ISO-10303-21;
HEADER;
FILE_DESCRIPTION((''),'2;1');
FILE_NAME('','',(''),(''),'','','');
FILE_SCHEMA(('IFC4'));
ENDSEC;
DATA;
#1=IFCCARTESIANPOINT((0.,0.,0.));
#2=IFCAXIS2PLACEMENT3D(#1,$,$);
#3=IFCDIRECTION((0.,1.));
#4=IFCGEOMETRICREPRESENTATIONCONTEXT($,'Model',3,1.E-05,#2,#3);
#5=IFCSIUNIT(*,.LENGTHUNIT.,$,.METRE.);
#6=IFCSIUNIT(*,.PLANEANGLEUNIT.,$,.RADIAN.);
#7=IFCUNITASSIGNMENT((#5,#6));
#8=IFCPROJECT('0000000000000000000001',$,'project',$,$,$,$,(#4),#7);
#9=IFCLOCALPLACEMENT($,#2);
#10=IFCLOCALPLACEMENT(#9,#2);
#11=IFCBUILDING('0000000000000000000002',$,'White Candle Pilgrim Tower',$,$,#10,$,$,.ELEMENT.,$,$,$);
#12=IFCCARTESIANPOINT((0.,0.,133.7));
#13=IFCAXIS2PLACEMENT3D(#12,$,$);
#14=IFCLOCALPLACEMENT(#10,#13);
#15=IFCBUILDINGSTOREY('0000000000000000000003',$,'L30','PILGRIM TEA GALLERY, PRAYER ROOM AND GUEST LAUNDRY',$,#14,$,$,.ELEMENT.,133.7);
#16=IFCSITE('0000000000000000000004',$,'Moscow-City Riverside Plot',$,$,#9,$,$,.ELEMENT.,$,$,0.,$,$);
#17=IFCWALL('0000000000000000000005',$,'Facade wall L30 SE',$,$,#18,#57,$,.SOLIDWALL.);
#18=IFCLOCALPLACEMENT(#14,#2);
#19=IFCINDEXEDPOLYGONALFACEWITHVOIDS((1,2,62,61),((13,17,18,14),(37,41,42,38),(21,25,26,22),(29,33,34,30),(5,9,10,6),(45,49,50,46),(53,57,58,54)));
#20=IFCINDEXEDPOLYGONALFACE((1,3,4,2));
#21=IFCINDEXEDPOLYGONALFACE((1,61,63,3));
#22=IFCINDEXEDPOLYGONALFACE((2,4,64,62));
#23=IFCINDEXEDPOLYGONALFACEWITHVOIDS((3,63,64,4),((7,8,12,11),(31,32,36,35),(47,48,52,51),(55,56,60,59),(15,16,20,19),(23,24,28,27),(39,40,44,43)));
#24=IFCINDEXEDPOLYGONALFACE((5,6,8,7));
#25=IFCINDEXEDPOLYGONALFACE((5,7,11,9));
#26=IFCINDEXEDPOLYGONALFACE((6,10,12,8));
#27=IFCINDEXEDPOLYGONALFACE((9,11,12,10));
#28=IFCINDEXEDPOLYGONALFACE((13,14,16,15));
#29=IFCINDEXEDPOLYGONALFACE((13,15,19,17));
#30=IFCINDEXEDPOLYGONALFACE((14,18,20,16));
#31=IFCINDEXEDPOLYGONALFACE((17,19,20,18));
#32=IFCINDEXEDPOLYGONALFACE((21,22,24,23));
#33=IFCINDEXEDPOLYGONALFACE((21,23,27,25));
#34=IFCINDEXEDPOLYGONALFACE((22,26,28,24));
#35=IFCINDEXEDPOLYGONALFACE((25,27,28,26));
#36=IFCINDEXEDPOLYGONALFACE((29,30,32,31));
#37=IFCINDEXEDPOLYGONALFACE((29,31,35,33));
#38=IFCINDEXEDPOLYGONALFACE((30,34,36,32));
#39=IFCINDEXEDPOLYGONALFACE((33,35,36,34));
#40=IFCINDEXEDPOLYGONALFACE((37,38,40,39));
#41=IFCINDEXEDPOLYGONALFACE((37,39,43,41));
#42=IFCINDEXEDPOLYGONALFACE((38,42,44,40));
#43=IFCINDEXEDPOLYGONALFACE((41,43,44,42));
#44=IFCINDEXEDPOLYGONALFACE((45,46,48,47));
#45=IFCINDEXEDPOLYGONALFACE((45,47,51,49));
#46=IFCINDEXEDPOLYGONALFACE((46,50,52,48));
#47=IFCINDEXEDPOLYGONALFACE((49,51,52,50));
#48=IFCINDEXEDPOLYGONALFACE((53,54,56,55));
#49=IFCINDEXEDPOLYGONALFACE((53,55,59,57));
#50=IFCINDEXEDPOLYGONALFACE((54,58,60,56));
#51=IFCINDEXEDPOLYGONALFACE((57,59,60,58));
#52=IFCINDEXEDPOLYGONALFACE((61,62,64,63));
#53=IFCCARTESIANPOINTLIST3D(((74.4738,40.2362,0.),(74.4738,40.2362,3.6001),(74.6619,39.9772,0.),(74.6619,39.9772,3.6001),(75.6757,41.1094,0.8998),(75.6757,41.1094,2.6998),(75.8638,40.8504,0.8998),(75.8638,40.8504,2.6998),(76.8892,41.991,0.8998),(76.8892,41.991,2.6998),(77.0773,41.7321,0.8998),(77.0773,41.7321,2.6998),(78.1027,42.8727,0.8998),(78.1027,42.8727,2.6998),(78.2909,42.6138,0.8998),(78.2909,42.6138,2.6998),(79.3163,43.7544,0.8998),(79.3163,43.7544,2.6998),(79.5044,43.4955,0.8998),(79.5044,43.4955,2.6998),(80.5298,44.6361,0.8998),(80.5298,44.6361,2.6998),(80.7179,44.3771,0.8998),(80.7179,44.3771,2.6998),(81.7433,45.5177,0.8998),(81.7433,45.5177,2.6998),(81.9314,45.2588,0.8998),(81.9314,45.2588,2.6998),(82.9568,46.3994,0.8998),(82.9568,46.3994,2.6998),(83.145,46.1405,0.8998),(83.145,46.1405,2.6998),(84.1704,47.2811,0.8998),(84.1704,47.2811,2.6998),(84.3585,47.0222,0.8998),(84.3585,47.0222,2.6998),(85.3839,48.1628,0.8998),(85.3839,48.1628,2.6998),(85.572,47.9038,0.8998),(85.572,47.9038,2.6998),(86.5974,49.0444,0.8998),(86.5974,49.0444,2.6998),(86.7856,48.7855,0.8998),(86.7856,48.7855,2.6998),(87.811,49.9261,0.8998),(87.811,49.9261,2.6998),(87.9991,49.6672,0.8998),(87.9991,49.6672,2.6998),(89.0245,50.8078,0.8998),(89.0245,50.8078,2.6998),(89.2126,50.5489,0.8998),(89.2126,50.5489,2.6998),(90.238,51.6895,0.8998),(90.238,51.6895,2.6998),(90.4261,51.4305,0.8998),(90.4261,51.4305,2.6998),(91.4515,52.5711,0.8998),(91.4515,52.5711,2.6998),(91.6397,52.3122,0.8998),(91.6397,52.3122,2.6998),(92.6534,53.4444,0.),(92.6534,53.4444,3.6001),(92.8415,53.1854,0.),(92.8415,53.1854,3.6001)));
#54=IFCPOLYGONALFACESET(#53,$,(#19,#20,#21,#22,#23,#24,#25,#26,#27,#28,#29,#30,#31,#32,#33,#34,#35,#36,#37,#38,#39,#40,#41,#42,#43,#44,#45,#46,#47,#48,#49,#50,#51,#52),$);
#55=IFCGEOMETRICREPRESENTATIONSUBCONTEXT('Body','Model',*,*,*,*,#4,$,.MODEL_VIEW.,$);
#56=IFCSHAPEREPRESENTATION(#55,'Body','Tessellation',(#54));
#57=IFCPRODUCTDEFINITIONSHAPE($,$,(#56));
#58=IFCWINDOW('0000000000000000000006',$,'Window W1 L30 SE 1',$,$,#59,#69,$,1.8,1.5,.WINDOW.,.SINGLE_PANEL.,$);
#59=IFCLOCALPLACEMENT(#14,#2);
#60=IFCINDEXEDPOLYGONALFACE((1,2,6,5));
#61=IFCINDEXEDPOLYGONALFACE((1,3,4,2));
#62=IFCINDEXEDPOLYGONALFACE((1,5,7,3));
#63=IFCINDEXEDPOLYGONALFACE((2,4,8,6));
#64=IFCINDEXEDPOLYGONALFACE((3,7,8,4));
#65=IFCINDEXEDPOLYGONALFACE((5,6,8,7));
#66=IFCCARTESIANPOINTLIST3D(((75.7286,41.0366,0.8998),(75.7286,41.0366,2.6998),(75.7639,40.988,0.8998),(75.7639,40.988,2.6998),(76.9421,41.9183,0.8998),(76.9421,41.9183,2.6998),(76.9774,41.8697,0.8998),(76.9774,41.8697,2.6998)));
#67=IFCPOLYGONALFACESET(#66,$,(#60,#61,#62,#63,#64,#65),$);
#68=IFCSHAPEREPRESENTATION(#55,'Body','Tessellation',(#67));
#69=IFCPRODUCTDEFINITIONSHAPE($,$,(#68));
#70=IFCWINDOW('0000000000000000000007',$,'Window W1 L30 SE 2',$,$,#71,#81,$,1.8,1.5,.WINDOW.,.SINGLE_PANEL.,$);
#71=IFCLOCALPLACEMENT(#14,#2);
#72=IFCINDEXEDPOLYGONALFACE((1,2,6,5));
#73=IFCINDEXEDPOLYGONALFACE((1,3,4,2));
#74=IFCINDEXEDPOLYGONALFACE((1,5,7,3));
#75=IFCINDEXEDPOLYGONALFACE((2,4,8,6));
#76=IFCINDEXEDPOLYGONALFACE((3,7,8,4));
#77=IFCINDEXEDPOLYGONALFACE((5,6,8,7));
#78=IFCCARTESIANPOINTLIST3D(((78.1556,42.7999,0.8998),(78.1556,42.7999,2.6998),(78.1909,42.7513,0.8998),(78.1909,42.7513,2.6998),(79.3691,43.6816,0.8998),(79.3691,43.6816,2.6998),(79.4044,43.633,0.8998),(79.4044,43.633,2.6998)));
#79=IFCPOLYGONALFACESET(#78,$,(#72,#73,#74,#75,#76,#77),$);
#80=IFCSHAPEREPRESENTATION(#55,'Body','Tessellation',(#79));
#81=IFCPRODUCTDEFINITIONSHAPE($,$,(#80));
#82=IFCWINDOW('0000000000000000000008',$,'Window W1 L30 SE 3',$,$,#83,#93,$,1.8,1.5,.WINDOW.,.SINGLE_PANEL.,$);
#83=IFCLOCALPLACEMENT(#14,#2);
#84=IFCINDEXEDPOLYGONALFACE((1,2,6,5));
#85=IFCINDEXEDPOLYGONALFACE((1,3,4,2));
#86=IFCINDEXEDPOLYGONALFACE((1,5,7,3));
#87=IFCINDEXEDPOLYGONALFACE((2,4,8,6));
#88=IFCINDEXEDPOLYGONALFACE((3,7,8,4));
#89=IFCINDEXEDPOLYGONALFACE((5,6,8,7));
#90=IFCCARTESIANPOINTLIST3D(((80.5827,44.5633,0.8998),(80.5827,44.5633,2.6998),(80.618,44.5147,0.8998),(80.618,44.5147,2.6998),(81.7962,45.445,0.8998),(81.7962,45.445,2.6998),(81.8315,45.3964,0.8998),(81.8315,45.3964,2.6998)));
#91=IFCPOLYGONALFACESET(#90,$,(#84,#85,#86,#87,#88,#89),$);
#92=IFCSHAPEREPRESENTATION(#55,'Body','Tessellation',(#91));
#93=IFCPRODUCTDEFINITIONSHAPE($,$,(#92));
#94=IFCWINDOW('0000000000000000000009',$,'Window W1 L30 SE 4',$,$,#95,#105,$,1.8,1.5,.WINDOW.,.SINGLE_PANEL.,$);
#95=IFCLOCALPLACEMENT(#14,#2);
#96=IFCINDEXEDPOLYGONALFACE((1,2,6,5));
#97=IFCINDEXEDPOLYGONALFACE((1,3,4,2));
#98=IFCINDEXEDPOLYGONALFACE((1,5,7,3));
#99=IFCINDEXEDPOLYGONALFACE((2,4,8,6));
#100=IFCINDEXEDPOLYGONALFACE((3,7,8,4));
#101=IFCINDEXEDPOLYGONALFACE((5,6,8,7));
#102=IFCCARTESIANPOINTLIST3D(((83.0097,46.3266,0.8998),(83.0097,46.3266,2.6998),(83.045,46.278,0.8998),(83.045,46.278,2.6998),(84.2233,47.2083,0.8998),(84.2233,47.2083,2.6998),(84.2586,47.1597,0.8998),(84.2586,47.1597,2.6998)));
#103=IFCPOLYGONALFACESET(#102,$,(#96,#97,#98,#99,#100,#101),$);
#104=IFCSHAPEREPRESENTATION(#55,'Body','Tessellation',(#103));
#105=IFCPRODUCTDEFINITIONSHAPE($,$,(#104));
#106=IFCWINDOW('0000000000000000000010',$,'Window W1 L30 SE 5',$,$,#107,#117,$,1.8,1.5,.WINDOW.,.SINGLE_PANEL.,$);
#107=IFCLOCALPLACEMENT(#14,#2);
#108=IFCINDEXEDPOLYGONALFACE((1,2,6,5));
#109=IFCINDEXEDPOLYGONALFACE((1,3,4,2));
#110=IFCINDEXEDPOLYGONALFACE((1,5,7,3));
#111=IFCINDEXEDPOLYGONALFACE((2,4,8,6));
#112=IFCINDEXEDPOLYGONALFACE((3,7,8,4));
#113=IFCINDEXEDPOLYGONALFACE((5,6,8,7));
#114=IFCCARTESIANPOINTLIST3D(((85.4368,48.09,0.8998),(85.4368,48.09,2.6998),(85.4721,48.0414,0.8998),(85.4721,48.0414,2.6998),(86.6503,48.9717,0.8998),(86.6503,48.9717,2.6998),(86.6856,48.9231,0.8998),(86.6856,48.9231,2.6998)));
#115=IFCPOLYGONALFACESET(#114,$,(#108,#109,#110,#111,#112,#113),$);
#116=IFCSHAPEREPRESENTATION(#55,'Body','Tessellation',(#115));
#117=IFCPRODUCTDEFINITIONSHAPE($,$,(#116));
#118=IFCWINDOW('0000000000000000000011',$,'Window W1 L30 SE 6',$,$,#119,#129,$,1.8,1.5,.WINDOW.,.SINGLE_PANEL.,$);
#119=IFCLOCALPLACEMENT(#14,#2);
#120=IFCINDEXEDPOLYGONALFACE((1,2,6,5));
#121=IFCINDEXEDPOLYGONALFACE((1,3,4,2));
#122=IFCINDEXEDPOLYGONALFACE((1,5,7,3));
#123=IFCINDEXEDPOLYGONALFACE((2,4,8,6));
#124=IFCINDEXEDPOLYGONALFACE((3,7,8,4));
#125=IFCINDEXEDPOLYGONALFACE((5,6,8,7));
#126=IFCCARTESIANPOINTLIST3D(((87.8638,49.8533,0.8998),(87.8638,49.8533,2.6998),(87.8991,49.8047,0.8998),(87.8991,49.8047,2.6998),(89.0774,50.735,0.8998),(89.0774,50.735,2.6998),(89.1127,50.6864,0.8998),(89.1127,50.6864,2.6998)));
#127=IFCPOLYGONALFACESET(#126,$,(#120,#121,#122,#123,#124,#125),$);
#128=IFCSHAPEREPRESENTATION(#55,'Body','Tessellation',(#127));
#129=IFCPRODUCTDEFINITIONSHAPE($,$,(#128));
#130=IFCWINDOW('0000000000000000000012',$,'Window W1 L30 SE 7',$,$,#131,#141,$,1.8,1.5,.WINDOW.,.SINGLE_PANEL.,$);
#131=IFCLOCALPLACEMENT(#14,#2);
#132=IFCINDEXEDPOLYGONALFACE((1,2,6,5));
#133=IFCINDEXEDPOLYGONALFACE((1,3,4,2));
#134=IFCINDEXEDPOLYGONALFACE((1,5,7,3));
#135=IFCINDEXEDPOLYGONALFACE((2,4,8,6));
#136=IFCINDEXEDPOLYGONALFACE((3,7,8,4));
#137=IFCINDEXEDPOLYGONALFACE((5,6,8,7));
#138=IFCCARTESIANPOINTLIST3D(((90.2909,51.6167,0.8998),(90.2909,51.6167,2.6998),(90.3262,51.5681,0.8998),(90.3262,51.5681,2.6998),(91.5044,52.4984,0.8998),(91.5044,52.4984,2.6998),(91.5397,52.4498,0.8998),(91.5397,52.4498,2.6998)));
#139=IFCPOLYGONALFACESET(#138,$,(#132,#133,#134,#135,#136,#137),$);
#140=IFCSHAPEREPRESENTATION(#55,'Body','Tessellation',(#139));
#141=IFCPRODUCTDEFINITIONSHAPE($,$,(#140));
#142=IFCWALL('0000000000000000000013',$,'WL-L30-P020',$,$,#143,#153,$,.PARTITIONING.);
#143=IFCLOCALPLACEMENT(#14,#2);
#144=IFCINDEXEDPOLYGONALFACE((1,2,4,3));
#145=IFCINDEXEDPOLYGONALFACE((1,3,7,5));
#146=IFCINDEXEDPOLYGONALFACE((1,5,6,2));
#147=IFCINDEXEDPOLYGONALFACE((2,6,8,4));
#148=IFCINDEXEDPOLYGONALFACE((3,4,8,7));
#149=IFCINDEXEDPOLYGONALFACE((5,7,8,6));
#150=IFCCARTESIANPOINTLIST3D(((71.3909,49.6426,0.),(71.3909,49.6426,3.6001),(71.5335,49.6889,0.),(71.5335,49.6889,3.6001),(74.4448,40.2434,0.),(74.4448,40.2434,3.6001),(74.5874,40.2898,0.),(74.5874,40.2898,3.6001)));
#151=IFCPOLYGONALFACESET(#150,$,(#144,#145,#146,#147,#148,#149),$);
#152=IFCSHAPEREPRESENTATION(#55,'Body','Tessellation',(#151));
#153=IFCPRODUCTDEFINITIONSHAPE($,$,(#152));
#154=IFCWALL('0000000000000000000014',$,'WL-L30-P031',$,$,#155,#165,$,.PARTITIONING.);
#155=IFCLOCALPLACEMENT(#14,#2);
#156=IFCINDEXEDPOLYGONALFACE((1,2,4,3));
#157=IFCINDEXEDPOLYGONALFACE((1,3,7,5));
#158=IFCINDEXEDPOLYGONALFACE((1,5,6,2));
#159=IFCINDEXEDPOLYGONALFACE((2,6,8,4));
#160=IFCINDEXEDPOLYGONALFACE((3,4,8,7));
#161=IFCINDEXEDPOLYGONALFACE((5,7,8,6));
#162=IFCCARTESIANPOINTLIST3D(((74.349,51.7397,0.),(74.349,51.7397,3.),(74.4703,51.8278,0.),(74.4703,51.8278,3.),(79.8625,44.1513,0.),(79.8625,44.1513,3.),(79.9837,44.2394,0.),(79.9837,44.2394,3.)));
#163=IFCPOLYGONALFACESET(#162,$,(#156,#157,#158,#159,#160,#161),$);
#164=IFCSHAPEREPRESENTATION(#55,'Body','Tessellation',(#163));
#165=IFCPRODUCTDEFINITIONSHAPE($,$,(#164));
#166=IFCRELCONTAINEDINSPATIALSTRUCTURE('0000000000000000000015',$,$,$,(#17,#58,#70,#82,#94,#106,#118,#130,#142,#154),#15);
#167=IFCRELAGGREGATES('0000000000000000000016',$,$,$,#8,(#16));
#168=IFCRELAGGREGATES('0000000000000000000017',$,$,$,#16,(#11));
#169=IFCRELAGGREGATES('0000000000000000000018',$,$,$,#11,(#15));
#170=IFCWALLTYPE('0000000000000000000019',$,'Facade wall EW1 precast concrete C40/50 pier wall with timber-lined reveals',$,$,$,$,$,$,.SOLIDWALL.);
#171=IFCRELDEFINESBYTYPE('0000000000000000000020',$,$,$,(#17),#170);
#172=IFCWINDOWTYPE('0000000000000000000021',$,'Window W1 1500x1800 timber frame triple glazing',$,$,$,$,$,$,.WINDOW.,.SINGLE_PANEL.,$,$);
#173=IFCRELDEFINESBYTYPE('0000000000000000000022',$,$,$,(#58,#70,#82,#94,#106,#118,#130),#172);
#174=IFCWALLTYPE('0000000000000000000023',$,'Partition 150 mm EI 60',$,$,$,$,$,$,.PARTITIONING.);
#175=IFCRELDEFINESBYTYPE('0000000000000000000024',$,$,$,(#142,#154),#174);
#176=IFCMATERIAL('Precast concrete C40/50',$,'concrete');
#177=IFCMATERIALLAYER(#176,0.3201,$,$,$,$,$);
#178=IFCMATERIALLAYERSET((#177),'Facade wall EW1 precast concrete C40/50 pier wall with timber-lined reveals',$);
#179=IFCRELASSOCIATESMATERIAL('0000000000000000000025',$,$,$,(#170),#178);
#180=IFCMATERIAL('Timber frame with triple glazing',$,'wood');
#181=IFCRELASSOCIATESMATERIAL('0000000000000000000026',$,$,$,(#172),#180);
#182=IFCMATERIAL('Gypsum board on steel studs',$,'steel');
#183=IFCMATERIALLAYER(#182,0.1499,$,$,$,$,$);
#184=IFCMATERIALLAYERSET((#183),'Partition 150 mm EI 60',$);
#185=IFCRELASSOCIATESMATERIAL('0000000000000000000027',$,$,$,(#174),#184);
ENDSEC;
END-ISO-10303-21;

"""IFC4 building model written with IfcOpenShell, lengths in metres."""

from ifc_helpers import new_model, si_unit, direction, frame, frame_2d, origin, place, context, subcontext, project, spatial, rectangle, extrude, material, layer, layer_set, type_object, element, fill, save


model = new_model("IFC4")

# Units and contexts
model_context = context("Model", 3, precision=1e-05, world=origin(), true_north=direction((0.0, 1.0)))
body_context = subcontext(model_context, "Body", "Model", "MODEL_VIEW")
ifc_project = project(units=[si_unit("LENGTHUNIT", "METRE"), si_unit("PLANEANGLEUNIT", "RADIAN")], contexts=[model_context])

# Site, building, storey
site_placement = place(None, origin())
site = spatial("IfcSite", under=ifc_project, at=site_placement, Name="Moscow-City Riverside Plot", CompositionType="ELEMENT", RefElevation=0.0)
building_placement = place(site_placement, origin())
building = spatial("IfcBuilding", under=site, at=building_placement, Name="White Candle Pilgrim Tower", CompositionType="ELEMENT")
storey_placement = place(building_placement, frame((0.0, 0.0, 133.7)))
storey = spatial("IfcBuildingStorey", under=building, at=storey_placement, Name="L30", Description="PILGRIM TEA GALLERY, PRAYER ROOM AND GUEST LAUNDRY", CompositionType="ELEMENT", Elevation=133.7)

# Shared definitions
ifc_material_1 = material(Name="Gypsum board on steel studs", Category="steel")

# Wall, openings, windows
ifc_material_2 = material(Name="Precast concrete C40/50", Category="concrete")
ifc_layer_1 = layer(ifc_material_2, 0.3201)
ifc_layer_set_1 = layer_set([ifc_layer_1], Name="Facade wall EW1 precast concrete C40/50 pier wall with timber-lined reveals")
wall_type_1 = type_object("IfcWallType", Name="Facade wall EW1 precast concrete C40/50 pier wall with timber-lined reveals", PredefinedType="SOLIDWALL", material=ifc_layer_set_1)
wall_1_placement = place(storey_placement, frame((74.5679, 40.1067, 0.0), z_axis=(0.0, 0.0, 1.0), x_axis=(0.809018, 0.587783, 0.0)))
wall_1 = element("IfcWall", 1, at=wall_1_placement, inside=storey, type_object=wall_type_1, Name="Facade wall L30 SE", PredefinedType="SOLIDWALL", context=body_context, shape_type="SweptSolid", body=[
    extrude(rectangle(XDim=22.4712, YDim=0.3201, at=frame_2d((11.2356, 0.0))), origin(), (0.0, 0.0, 1.0), 3.6001),
])
opening_1_placement = place(wall_1_placement, frame((1.4856, 0.0, 0.8999)))
opening_1 = element("IfcOpeningElement", 2, at=opening_1_placement, cuts=wall_1, PredefinedType="OPENING", context=body_context, shape_type="SweptSolid", body=[
    extrude(rectangle(XDim=1.5, YDim=1.8, at=frame_2d((0.75, 0.8999))), frame((0.0, 0.1699, 0.0), z_axis=(0.0, -1.0, 0.0), x_axis=(1.0, 0.0, 0.0)), (0.0, 0.0, 1.0), 0.3401),
])
opening_2_placement = place(wall_1_placement, frame((4.4856, 0.0, 0.8999)))
opening_2 = element("IfcOpeningElement", 3, at=opening_2_placement, cuts=wall_1, PredefinedType="OPENING", context=body_context, shape_type="SweptSolid", body=[
    extrude(rectangle(XDim=1.5, YDim=1.8, at=frame_2d((0.75, 0.8999))), frame((0.0, 0.1699, 0.0), z_axis=(0.0, -1.0, 0.0), x_axis=(1.0, 0.0, 0.0)), (0.0, 0.0, 1.0), 0.3401),
])
opening_3_placement = place(wall_1_placement, frame((7.4856, 0.0, 0.8999)))
opening_3 = element("IfcOpeningElement", 4, at=opening_3_placement, cuts=wall_1, PredefinedType="OPENING", context=body_context, shape_type="SweptSolid", body=[
    extrude(rectangle(XDim=1.5, YDim=1.8, at=frame_2d((0.75, 0.8999))), frame((0.0, 0.1699, 0.0), z_axis=(0.0, -1.0, 0.0), x_axis=(1.0, 0.0, 0.0)), (0.0, 0.0, 1.0), 0.3401),
])
opening_4_placement = place(wall_1_placement, frame((10.4856, 0.0, 0.8999)))
opening_4 = element("IfcOpeningElement", 5, at=opening_4_placement, cuts=wall_1, PredefinedType="OPENING", context=body_context, shape_type="SweptSolid", body=[
    extrude(rectangle(XDim=1.5, YDim=1.8, at=frame_2d((0.75, 0.8999))), frame((0.0, 0.1699, 0.0), z_axis=(0.0, -1.0, 0.0), x_axis=(1.0, 0.0, 0.0)), (0.0, 0.0, 1.0), 0.3401),
])
opening_5_placement = place(wall_1_placement, frame((13.4856, 0.0, 0.8999)))
opening_5 = element("IfcOpeningElement", 6, at=opening_5_placement, cuts=wall_1, PredefinedType="OPENING", context=body_context, shape_type="SweptSolid", body=[
    extrude(rectangle(XDim=1.5, YDim=1.8, at=frame_2d((0.75, 0.8999))), frame((0.0, 0.1699, 0.0), z_axis=(0.0, -1.0, 0.0), x_axis=(1.0, 0.0, 0.0)), (0.0, 0.0, 1.0), 0.3401),
])
opening_6_placement = place(wall_1_placement, frame((16.4856, 0.0, 0.8999)))
opening_6 = element("IfcOpeningElement", 7, at=opening_6_placement, cuts=wall_1, PredefinedType="OPENING", context=body_context, shape_type="SweptSolid", body=[
    extrude(rectangle(XDim=1.5, YDim=1.8, at=frame_2d((0.75, 0.8999))), frame((0.0, 0.1699, 0.0), z_axis=(0.0, -1.0, 0.0), x_axis=(1.0, 0.0, 0.0)), (0.0, 0.0, 1.0), 0.3401),
])
opening_7_placement = place(wall_1_placement, frame((19.4856, 0.0, 0.8999)))
opening_7 = element("IfcOpeningElement", 8, at=opening_7_placement, cuts=wall_1, PredefinedType="OPENING", context=body_context, shape_type="SweptSolid", body=[
    extrude(rectangle(XDim=1.5, YDim=1.8, at=frame_2d((0.75, 0.8999))), frame((0.0, 0.1699, 0.0), z_axis=(0.0, -1.0, 0.0), x_axis=(1.0, 0.0, 0.0)), (0.0, 0.0, 1.0), 0.3401),
])
ifc_material_3 = material(Name="Timber frame with triple glazing", Category="wood")
window_type = type_object("IfcWindowType", Name="Window W1 1500x1800 timber frame triple glazing", PartitioningType="SINGLE_PANEL", PredefinedType="WINDOW", material=ifc_material_3)
window_1_placement = place(opening_1_placement, origin())
window_1 = element("IfcWindow", 9, at=window_1_placement, inside=storey, type_object=window_type, Name="Window W1 L30 SE 1", OverallHeight=1.8, OverallWidth=1.5, PartitioningType="SINGLE_PANEL", PredefinedType="WINDOW", context=body_context, shape_type="SweptSolid", body=[
    extrude(rectangle(XDim=1.5, YDim=1.8, at=frame_2d((0.75, 0.8999))), frame((0.0, 0.0701, 0.0), z_axis=(0.0, -1.0, 0.0), x_axis=(1.0, 0.0, 0.0)), (0.0, 0.0, 1.0), 0.0601),
])
fill(opening_1, window_1)
window_2_placement = place(opening_2_placement, origin())
window_2 = element("IfcWindow", 10, at=window_2_placement, inside=storey, type_object=window_type, Name="Window W1 L30 SE 2", OverallHeight=1.8, OverallWidth=1.5, PartitioningType="SINGLE_PANEL", PredefinedType="WINDOW", context=body_context, shape_type="SweptSolid", body=[
    extrude(rectangle(XDim=1.5, YDim=1.8, at=frame_2d((0.75, 0.8999))), frame((0.0, 0.0701, 0.0), z_axis=(0.0, -1.0, 0.0), x_axis=(1.0, 0.0, 0.0)), (0.0, 0.0, 1.0), 0.0601),
])
fill(opening_2, window_2)
window_3_placement = place(opening_3_placement, origin())
window_3 = element("IfcWindow", 11, at=window_3_placement, inside=storey, type_object=window_type, Name="Window W1 L30 SE 3", OverallHeight=1.8, OverallWidth=1.5, PartitioningType="SINGLE_PANEL", PredefinedType="WINDOW", context=body_context, shape_type="SweptSolid", body=[
    extrude(rectangle(XDim=1.5, YDim=1.8, at=frame_2d((0.75, 0.8999))), frame((0.0, 0.0701, 0.0), z_axis=(0.0, -1.0, 0.0), x_axis=(1.0, 0.0, 0.0)), (0.0, 0.0, 1.0), 0.0601),
])
fill(opening_3, window_3)
window_4_placement = place(opening_4_placement, origin())
window_4 = element("IfcWindow", 12, at=window_4_placement, inside=storey, type_object=window_type, Name="Window W1 L30 SE 4", OverallHeight=1.8, OverallWidth=1.5, PartitioningType="SINGLE_PANEL", PredefinedType="WINDOW", context=body_context, shape_type="SweptSolid", body=[
    extrude(rectangle(XDim=1.5, YDim=1.8, at=frame_2d((0.75, 0.8999))), frame((0.0, 0.0701, 0.0), z_axis=(0.0, -1.0, 0.0), x_axis=(1.0, 0.0, 0.0)), (0.0, 0.0, 1.0), 0.0601),
])
fill(opening_4, window_4)
window_5_placement = place(opening_5_placement, origin())
window_5 = element("IfcWindow", 13, at=window_5_placement, inside=storey, type_object=window_type, Name="Window W1 L30 SE 5", OverallHeight=1.8, OverallWidth=1.5, PartitioningType="SINGLE_PANEL", PredefinedType="WINDOW", context=body_context, shape_type="SweptSolid", body=[
    extrude(rectangle(XDim=1.5, YDim=1.8, at=frame_2d((0.75, 0.8999))), frame((0.0, 0.0701, 0.0), z_axis=(0.0, -1.0, 0.0), x_axis=(1.0, 0.0, 0.0)), (0.0, 0.0, 1.0), 0.0601),
])
fill(opening_5, window_5)
window_6_placement = place(opening_6_placement, origin())
window_6 = element("IfcWindow", 14, at=window_6_placement, inside=storey, type_object=window_type, Name="Window W1 L30 SE 6", OverallHeight=1.8, OverallWidth=1.5, PartitioningType="SINGLE_PANEL", PredefinedType="WINDOW", context=body_context, shape_type="SweptSolid", body=[
    extrude(rectangle(XDim=1.5, YDim=1.8, at=frame_2d((0.75, 0.8999))), frame((0.0, 0.0701, 0.0), z_axis=(0.0, -1.0, 0.0), x_axis=(1.0, 0.0, 0.0)), (0.0, 0.0, 1.0), 0.0601),
])
fill(opening_6, window_6)
window_7_placement = place(opening_7_placement, origin())
window_7 = element("IfcWindow", 15, at=window_7_placement, inside=storey, type_object=window_type, Name="Window W1 L30 SE 7", OverallHeight=1.8, OverallWidth=1.5, PartitioningType="SINGLE_PANEL", PredefinedType="WINDOW", context=body_context, shape_type="SweptSolid", body=[
    extrude(rectangle(XDim=1.5, YDim=1.8, at=frame_2d((0.75, 0.8999))), frame((0.0, 0.0701, 0.0), z_axis=(0.0, -1.0, 0.0), x_axis=(1.0, 0.0, 0.0)), (0.0, 0.0, 1.0), 0.0601),
])
fill(opening_7, window_7)

# Walls
ifc_layer_2 = layer(ifc_material_1, 0.1499)
ifc_layer_set_2 = layer_set([ifc_layer_2], Name="Partition 150 mm EI 60")
wall_type_2 = type_object("IfcWallType", Name="Partition 150 mm EI 60", PredefinedType="PARTITIONING", material=ifc_layer_set_2)
wall_2_placement = place(storey_placement, frame((74.5161, 40.2666, 0.0), z_axis=(0.0, 0.0, 1.0), x_axis=(-0.309015, 0.951057, 0.0)))
element("IfcWall", 16, at=wall_2_placement, inside=storey, type_object=wall_type_2, Name="WL-L30-P020", PredefinedType="PARTITIONING", context=body_context, shape_type="SweptSolid", body=[
    extrude(rectangle(XDim=9.8828, YDim=0.1499, at=frame_2d((4.9414, 0.0))), origin(), (0.0, 0.0, 1.0), 3.6001),
])
wall_3_placement = place(storey_placement, frame((79.9231, 44.1953, 0.0), z_axis=(0.0, 0.0, 1.0), x_axis=(-0.587796, 0.80901, 0.0)))
element("IfcWall", 17, at=wall_3_placement, inside=storey, type_object=wall_type_2, Name="WL-L30-P031", PredefinedType="PARTITIONING", context=body_context, shape_type="SweptSolid", body=[
    extrude(rectangle(XDim=9.3799, YDim=0.1499, at=frame_2d((4.6899, 0.0))), origin(), (0.0, 0.0, 1.0), 3.0),
])

save(model, "model.ifc")
